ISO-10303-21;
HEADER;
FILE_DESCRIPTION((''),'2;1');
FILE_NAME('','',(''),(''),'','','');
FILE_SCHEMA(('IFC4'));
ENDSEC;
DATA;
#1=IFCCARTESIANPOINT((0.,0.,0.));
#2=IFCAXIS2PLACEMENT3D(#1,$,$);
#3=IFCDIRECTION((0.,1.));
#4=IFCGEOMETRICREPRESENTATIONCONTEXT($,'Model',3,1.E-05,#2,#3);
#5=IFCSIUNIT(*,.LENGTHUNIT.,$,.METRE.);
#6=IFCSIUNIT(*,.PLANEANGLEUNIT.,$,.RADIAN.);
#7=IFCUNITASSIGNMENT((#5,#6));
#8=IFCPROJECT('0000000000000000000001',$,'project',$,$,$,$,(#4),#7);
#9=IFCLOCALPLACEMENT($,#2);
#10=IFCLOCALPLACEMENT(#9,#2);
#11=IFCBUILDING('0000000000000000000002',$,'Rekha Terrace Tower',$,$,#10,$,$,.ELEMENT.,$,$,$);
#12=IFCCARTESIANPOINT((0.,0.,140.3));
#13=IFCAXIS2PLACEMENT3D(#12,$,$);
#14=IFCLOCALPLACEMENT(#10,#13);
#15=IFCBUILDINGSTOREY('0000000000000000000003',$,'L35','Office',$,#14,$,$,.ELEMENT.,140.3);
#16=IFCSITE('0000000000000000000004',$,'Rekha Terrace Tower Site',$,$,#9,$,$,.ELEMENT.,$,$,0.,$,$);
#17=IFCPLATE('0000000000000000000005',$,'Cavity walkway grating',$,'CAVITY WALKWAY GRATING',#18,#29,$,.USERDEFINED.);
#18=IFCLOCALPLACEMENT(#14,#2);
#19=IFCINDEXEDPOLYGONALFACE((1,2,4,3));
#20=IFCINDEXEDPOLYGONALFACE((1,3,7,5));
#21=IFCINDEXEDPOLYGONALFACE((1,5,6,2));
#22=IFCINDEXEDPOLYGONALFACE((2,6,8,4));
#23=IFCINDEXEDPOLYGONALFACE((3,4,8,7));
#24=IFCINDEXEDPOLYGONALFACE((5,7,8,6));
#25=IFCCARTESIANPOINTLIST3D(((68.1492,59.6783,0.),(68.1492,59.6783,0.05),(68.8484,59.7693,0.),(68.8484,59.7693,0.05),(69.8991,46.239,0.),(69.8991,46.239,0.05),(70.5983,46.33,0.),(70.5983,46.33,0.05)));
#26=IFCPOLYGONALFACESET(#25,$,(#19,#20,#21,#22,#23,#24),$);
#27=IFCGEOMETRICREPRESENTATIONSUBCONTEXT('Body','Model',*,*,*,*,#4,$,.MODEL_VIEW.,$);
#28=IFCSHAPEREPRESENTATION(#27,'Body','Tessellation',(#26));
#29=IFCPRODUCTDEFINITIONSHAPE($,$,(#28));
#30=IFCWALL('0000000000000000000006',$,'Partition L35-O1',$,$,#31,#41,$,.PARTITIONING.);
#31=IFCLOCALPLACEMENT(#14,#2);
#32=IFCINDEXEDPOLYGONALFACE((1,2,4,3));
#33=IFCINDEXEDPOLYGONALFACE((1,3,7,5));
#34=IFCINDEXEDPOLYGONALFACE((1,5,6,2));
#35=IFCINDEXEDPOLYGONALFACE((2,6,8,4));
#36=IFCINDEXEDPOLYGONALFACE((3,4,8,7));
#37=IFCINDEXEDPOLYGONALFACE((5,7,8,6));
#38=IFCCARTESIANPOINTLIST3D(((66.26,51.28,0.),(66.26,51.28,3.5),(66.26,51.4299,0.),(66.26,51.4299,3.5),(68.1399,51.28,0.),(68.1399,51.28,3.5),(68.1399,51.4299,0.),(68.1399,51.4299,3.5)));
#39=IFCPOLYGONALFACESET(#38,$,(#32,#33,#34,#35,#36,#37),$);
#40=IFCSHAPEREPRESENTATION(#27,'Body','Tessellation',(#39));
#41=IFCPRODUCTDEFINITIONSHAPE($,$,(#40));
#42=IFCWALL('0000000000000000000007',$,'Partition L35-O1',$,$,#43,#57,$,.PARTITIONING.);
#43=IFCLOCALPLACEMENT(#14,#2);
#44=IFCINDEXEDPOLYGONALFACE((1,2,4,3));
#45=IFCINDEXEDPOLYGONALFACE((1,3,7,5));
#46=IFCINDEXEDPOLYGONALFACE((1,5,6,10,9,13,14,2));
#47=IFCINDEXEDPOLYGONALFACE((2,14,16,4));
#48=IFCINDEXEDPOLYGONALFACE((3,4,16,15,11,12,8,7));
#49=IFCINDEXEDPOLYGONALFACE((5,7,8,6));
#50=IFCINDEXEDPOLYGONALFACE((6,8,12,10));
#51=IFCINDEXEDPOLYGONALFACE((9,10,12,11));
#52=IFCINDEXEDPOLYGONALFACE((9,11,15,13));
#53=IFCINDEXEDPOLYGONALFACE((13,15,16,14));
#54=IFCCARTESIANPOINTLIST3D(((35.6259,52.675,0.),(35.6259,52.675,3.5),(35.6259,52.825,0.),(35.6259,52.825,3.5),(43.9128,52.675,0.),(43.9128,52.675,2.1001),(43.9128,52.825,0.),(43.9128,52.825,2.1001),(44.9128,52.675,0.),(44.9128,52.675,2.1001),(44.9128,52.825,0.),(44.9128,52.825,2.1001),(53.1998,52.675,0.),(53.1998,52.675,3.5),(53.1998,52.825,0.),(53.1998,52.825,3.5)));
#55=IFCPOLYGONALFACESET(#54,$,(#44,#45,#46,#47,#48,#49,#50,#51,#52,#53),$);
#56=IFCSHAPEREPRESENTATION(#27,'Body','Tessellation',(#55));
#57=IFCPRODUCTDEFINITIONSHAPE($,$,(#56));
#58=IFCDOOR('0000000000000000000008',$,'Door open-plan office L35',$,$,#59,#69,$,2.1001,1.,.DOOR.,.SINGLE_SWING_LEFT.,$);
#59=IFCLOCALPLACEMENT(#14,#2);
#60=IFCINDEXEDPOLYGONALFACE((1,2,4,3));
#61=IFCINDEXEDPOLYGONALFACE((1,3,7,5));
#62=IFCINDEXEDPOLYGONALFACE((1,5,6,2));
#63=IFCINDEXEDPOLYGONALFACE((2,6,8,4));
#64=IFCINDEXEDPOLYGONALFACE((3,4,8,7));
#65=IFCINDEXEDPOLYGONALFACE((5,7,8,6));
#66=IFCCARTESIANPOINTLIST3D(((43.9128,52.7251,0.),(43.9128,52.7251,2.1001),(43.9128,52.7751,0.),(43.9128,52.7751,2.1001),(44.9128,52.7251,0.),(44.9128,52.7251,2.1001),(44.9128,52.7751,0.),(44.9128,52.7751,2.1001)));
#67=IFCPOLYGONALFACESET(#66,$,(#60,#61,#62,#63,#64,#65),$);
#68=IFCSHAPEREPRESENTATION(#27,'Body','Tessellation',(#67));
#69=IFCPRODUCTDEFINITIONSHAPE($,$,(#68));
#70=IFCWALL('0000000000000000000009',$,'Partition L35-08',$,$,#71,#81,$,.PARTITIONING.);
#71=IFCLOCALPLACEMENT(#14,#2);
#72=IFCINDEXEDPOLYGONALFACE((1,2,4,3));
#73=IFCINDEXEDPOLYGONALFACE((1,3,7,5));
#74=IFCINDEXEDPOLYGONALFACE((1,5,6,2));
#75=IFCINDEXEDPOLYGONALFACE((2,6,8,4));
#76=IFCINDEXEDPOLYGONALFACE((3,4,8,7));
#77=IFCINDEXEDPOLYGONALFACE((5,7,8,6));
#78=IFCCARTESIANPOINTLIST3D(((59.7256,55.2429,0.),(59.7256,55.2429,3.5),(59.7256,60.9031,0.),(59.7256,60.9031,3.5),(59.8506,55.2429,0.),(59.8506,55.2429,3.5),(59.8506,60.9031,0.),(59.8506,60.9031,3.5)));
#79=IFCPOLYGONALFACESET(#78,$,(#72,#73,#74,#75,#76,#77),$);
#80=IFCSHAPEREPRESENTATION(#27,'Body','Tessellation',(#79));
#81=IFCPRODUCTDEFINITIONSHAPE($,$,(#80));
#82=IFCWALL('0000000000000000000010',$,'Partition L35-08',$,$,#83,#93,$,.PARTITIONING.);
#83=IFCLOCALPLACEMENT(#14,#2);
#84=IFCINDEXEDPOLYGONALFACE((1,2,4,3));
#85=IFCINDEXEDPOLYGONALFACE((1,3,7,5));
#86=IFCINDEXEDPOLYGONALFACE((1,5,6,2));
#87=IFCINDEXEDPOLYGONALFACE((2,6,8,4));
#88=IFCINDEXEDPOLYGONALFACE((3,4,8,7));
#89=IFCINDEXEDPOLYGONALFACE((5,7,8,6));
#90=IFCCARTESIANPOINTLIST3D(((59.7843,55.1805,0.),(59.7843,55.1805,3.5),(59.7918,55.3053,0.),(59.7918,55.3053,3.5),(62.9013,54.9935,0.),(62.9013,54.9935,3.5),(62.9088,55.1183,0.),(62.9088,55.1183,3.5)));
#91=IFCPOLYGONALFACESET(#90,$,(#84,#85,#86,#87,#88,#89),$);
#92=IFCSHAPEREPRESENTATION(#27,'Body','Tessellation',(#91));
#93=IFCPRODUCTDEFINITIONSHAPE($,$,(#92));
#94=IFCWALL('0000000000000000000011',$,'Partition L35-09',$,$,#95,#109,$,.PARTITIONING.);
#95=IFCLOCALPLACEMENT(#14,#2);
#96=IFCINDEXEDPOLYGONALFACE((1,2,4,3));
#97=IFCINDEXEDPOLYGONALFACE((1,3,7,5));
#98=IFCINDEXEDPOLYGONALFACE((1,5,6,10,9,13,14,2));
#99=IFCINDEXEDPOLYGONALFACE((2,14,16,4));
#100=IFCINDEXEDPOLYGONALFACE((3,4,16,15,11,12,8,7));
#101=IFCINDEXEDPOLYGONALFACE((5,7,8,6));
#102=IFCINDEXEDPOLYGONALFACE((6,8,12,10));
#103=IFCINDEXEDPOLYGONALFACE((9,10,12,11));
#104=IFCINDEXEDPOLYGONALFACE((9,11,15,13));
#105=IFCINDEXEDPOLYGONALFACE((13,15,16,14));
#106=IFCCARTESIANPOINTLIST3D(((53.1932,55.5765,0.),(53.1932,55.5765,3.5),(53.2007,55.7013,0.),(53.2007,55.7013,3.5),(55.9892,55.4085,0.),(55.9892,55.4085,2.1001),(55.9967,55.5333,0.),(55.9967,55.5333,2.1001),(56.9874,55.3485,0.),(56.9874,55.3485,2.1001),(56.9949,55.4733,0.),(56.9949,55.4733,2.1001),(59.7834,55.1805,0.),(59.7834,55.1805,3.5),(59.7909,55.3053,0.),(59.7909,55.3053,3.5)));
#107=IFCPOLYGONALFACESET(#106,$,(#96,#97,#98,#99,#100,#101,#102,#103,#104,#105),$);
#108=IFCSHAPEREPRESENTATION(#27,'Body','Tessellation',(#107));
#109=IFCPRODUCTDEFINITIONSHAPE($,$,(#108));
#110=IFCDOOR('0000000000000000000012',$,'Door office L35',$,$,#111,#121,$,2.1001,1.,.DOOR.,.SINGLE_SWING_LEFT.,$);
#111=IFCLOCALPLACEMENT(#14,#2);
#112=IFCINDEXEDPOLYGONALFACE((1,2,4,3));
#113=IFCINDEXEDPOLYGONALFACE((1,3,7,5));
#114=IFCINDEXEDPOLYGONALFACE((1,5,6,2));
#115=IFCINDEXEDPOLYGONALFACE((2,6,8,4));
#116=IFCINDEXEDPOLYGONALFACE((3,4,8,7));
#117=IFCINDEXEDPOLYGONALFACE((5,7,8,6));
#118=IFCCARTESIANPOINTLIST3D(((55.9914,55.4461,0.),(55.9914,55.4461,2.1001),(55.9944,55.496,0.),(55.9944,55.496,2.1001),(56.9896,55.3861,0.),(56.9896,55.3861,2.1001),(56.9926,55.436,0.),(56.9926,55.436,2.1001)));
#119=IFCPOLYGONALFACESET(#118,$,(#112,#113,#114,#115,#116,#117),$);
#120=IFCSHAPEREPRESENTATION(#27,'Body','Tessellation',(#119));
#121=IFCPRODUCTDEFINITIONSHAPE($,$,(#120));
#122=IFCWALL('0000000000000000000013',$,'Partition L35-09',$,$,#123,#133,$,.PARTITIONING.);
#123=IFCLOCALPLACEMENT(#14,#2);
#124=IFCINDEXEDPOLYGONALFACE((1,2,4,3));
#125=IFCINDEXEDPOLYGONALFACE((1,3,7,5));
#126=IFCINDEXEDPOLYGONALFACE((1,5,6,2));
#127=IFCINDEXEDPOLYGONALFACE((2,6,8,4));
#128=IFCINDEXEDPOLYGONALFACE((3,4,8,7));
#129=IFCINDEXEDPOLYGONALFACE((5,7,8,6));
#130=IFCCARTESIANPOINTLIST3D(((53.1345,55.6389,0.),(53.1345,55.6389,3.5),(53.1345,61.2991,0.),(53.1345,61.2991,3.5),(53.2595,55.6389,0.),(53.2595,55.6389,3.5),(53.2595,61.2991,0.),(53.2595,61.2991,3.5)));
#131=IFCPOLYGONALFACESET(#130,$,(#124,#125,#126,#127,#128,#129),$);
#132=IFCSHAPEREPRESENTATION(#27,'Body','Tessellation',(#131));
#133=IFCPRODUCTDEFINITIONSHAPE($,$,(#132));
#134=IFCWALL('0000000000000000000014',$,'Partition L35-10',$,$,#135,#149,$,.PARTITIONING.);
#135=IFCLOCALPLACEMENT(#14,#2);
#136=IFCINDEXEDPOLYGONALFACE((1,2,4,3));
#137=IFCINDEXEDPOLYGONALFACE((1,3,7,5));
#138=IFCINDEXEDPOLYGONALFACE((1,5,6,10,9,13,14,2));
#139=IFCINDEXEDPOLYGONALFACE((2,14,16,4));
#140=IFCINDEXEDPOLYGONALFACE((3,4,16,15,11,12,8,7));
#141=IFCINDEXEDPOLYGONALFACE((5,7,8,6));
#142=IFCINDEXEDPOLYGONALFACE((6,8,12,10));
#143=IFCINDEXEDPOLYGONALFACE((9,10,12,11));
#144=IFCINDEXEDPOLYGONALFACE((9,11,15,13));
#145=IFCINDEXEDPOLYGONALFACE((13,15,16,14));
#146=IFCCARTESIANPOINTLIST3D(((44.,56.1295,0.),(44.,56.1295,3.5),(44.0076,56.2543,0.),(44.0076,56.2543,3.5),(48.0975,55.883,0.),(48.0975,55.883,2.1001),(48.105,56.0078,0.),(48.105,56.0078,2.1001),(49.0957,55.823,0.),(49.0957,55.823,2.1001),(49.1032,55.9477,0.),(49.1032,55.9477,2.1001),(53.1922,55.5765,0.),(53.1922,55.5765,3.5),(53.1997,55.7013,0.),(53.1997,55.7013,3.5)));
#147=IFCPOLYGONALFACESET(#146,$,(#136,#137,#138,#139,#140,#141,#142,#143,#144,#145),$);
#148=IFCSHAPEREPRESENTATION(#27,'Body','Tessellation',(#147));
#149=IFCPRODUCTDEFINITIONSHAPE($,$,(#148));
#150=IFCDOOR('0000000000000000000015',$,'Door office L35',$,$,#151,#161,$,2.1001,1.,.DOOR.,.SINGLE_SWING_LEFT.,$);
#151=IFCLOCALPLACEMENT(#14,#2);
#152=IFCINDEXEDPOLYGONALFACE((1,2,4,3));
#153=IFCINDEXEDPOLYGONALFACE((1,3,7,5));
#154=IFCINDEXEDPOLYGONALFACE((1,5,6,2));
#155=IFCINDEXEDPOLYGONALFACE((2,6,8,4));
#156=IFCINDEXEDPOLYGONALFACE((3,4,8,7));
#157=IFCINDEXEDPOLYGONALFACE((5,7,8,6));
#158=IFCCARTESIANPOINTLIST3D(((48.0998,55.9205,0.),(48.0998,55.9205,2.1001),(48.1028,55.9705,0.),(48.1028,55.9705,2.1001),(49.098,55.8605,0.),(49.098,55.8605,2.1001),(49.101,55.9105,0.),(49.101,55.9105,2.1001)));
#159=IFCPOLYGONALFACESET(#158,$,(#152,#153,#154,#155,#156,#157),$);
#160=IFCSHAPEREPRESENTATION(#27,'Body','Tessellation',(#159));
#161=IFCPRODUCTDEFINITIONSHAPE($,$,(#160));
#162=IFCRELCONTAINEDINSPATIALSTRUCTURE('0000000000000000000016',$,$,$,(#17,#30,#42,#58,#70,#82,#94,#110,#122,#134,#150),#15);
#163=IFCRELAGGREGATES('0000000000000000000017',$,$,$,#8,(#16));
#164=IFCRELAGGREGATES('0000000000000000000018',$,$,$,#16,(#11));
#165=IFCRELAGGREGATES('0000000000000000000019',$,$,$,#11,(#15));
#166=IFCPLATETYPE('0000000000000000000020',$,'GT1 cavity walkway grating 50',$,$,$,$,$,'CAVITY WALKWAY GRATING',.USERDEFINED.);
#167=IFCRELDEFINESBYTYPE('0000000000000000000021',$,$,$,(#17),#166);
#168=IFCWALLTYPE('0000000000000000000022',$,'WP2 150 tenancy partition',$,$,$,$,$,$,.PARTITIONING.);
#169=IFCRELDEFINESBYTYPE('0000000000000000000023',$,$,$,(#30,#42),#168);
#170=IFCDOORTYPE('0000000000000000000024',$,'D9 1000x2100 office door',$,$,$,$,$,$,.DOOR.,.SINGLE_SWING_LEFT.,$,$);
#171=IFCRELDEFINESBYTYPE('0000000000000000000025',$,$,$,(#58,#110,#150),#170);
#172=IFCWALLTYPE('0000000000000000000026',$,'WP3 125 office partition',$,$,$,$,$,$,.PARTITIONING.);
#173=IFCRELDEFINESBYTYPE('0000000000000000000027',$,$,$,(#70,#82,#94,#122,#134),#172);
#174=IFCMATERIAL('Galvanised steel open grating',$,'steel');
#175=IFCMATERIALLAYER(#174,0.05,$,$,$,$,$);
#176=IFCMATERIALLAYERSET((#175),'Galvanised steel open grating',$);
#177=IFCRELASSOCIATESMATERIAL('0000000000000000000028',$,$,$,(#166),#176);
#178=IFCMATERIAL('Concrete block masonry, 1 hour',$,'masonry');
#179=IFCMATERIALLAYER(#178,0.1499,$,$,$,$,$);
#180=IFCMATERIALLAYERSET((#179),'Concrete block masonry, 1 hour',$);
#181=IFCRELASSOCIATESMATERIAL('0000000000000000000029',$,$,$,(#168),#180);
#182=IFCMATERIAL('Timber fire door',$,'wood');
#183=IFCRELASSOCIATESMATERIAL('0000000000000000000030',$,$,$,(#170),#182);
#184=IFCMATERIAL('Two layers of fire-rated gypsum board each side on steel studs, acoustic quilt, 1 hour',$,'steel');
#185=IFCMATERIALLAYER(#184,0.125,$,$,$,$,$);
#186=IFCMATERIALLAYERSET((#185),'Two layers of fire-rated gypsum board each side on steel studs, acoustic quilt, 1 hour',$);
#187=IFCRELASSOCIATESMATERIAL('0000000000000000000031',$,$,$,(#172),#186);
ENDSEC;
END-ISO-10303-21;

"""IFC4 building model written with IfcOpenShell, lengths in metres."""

from ifc_helpers import new_model, si_unit, direction, frame, frame_2d, origin, origin_2d, place, context, subcontext, project, spatial, rectangle, extrude, material, layer, layer_set, type_object, element, fill, save


model = new_model("IFC4")

# Units and contexts
model_context = context("Model", 3, precision=1e-05, world=origin(), true_north=direction((0.0, 1.0)))
body_context = subcontext(model_context, "Body", "Model", "MODEL_VIEW")
ifc_project = project(units=[si_unit("LENGTHUNIT", "METRE"), si_unit("PLANEANGLEUNIT", "RADIAN")], contexts=[model_context])

# Site, building, storey
site_placement = place(None, origin())
site = spatial("IfcSite", under=ifc_project, at=site_placement, Name="Rekha Terrace Tower Site", CompositionType="ELEMENT", RefElevation=0.0)
building_placement = place(site_placement, origin())
building = spatial("IfcBuilding", under=site, at=building_placement, Name="Rekha Terrace Tower", CompositionType="ELEMENT")
storey_placement = place(building_placement, frame((0.0, 0.0, 140.3)))
storey = spatial("IfcBuildingStorey", under=building, at=storey_placement, Name="L35", Description="Office", CompositionType="ELEMENT", Elevation=140.3)

# Plate
ifc_material_1 = material(Name="Galvanised steel open grating", Category="steel")
ifc_layer_1 = layer(ifc_material_1, 0.05)
ifc_layer_set_1 = layer_set([ifc_layer_1], Name="Galvanised steel open grating")
plate_type_1 = type_object("IfcPlateType", Name="GT1 cavity walkway grating 50", ElementType="CAVITY WALKWAY GRATING", PredefinedType="USERDEFINED", material=ifc_layer_set_1)
plate_1_placement = place(storey_placement, frame((69.3738, 53.0042, 0.0), z_axis=(0.0, 0.0, 1.0), x_axis=(-0.129118, 0.991629, 0.0)))
element("IfcPlate", 1, at=plate_1_placement, inside=storey, type_object=plate_type_1, Name="Cavity walkway grating", ObjectType="CAVITY WALKWAY GRATING", PredefinedType="USERDEFINED", context=body_context, shape_type="SweptSolid", body=[
    extrude(rectangle(XDim=13.5527, YDim=0.7051, at=origin_2d()), origin(), (0.0, 0.0, 1.0), 0.05),
])

# Wall
ifc_material_2 = material(Name="Concrete block masonry, 1 hour", Category="masonry")
ifc_layer_2 = layer(ifc_material_2, 0.1499)
ifc_layer_set_2 = layer_set([ifc_layer_2], Name="Concrete block masonry, 1 hour")
wall_type_1 = type_object("IfcWallType", Name="WP2 150 tenancy partition", PredefinedType="PARTITIONING", material=ifc_layer_set_2)
wall_1_placement = place(storey_placement, frame((66.26, 51.355, 0.0), z_axis=(0.0, 0.0, 1.0), x_axis=(1.0, 0.0, 0.0)))
element("IfcWall", 2, at=wall_1_placement, inside=storey, type_object=wall_type_1, Name="Partition L35-O1", PredefinedType="PARTITIONING", context=body_context, shape_type="SweptSolid", body=[
    extrude(rectangle(XDim=1.8799, YDim=0.1499, at=frame_2d((0.9399, 0.0))), origin(), (0.0, 0.0, 1.0), 3.5),
])

# Wall, opening, door
wall_2_placement = place(storey_placement, frame((53.2, 52.75, 0.0), z_axis=(0.0, 0.0, 1.0), x_axis=(-1.0, 0.0, 0.0)))
wall_2 = element("IfcWall", 3, at=wall_2_placement, inside=storey, type_object=wall_type_1, Name="Partition L35-O1", PredefinedType="PARTITIONING", context=body_context, shape_type="SweptSolid", body=[
    extrude(rectangle(XDim=17.574, YDim=0.1499, at=frame_2d((8.7871, 0.0))), origin(), (0.0, 0.0, 1.0), 3.5),
])
opening_1_placement = place(wall_2_placement, frame((8.2871, 0.0, 0.0)))
opening_1 = element("IfcOpeningElement", 4, at=opening_1_placement, cuts=wall_2, PredefinedType="OPENING", context=body_context, shape_type="SweptSolid", body=[
    extrude(rectangle(XDim=1.0, YDim=2.1001, at=frame_2d((0.5, 1.05))), frame((0.0, 0.085, 0.0), z_axis=(0.0, -1.0, 0.0), x_axis=(1.0, 0.0, 0.0)), (0.0, 0.0, 1.0), 0.1699),
])
ifc_material_3 = material(Name="Timber fire door", Category="wood")
door_type = type_object("IfcDoorType", Name="D9 1000x2100 office door", OperationType="SINGLE_SWING_LEFT", PredefinedType="DOOR", material=ifc_material_3)
door_1_placement = place(opening_1_placement, origin())
door_1 = element("IfcDoor", 5, at=door_1_placement, inside=storey, type_object=door_type, Name="Door open-plan office L35", OperationType="SINGLE_SWING_LEFT", OverallHeight=2.1001, OverallWidth=1.0, PredefinedType="DOOR", context=body_context, shape_type="SweptSolid", body=[
    extrude(rectangle(XDim=1.0, YDim=2.1001, at=frame_2d((0.5, 1.05))), frame((0.0, 0.0249, 0.0), z_axis=(0.0, -1.0, 0.0), x_axis=(1.0, 0.0, 0.0)), (0.0, 0.0, 1.0), 0.05),
])
fill(opening_1, door_1)

# Walls
ifc_material_4 = material(Name="Two layers of fire-rated gypsum board each side on steel studs, acoustic quilt, 1 hour", Category="steel")
ifc_layer_3 = layer(ifc_material_4, 0.125)
ifc_layer_set_3 = layer_set([ifc_layer_3], Name="Two layers of fire-rated gypsum board each side on steel studs, acoustic quilt, 1 hour")
wall_type_2 = type_object("IfcWallType", Name="WP3 125 office partition", PredefinedType="PARTITIONING", material=ifc_layer_set_3)
wall_3_placement = place(storey_placement, frame((59.7881, 55.2429, 0.0), z_axis=(0.0, 0.0, 1.0), x_axis=(0.0, 1.0, 0.0)))
element("IfcWall", 6, at=wall_3_placement, inside=storey, type_object=wall_type_2, Name="Partition L35-08", PredefinedType="PARTITIONING", context=body_context, shape_type="SweptSolid", body=[
    extrude(rectangle(XDim=5.6602, YDim=0.125, at=frame_2d((2.8301, 0.0))), origin(), (0.0, 0.0, 1.0), 3.5),
])
wall_4_placement = place(storey_placement, frame((62.905, 55.0559, 0.0), z_axis=(0.0, 0.0, 1.0), x_axis=(-0.998205, 0.059891, 0.0)))
element("IfcWall", 7, at=wall_4_placement, inside=storey, type_object=wall_type_2, Name="Partition L35-08", PredefinedType="PARTITIONING", context=body_context, shape_type="SweptSolid", body=[
    extrude(rectangle(XDim=3.1226, YDim=0.125, at=frame_2d((1.5613, 0.0))), origin(), (0.0, 0.0, 1.0), 3.5),
])

# Wall, opening, door
wall_5_placement = place(storey_placement, frame((59.7871, 55.2429, 0.0), z_axis=(0.0, 0.0, 1.0), x_axis=(-0.998199, 0.059981, 0.0)))
wall_5 = element("IfcWall", 8, at=wall_5_placement, inside=storey, type_object=wall_type_2, Name="Partition L35-09", PredefinedType="PARTITIONING", context=body_context, shape_type="SweptSolid", body=[
    extrude(rectangle(XDim=6.6021, YDim=0.125, at=frame_2d((3.301, 0.0))), origin(), (0.0, 0.0, 1.0), 3.5),
])
opening_2_placement = place(wall_5_placement, frame((2.801, 0.0, 0.0)))
opening_2 = element("IfcOpeningElement", 9, at=opening_2_placement, cuts=wall_5, PredefinedType="OPENING", context=body_context, shape_type="SweptSolid", body=[
    extrude(rectangle(XDim=1.0, YDim=2.1001, at=frame_2d((0.5, 1.05))), frame((0.0, 0.0725, 0.0), z_axis=(0.0, -1.0, 0.0), x_axis=(1.0, 0.0, 0.0)), (0.0, 0.0, 1.0), 0.145),
])
door_2_placement = place(opening_2_placement, origin())
door_2 = element("IfcDoor", 10, at=door_2_placement, inside=storey, type_object=door_type, Name="Door office L35", OperationType="SINGLE_SWING_LEFT", OverallHeight=2.1001, OverallWidth=1.0, PredefinedType="DOOR", context=body_context, shape_type="SweptSolid", body=[
    extrude(rectangle(XDim=1.0, YDim=2.1001, at=frame_2d((0.5, 1.05))), frame((0.0, 0.0249, 0.0), z_axis=(0.0, -1.0, 0.0), x_axis=(1.0, 0.0, 0.0)), (0.0, 0.0, 1.0), 0.05),
])
fill(opening_2, door_2)

# Wall
wall_6_placement = place(storey_placement, frame((53.197, 55.6389, 0.0), z_axis=(0.0, 0.0, 1.0), x_axis=(0.0, 1.0, 0.0)))
element("IfcWall", 11, at=wall_6_placement, inside=storey, type_object=wall_type_2, Name="Partition L35-09", PredefinedType="PARTITIONING", context=body_context, shape_type="SweptSolid", body=[
    extrude(rectangle(XDim=5.6602, YDim=0.125, at=frame_2d((2.8301, 0.0))), origin(), (0.0, 0.0, 1.0), 3.5),
])

# Wall, opening, door
wall_7_placement = place(storey_placement, frame((53.196, 55.6389, 0.0), z_axis=(0.0, 0.0, 1.0), x_axis=(-0.998195, 0.060049, 0.0)))
wall_7 = element("IfcWall", 12, at=wall_7_placement, inside=storey, type_object=wall_type_2, Name="Partition L35-10", PredefinedType="PARTITIONING", context=body_context, shape_type="SweptSolid", body=[
    extrude(rectangle(XDim=9.2087, YDim=0.125, at=frame_2d((4.6045, 0.0))), origin(), (0.0, 0.0, 1.0), 3.5),
])
opening_3_placement = place(wall_7_placement, frame((4.104, 0.0, 0.0)))
opening_3 = element("IfcOpeningElement", 13, at=opening_3_placement, cuts=wall_7, PredefinedType="OPENING", context=body_context, shape_type="SweptSolid", body=[
    extrude(rectangle(XDim=1.0, YDim=2.1001, at=frame_2d((0.5, 1.05))), frame((0.0, 0.0725, 0.0), z_axis=(0.0, -1.0, 0.0), x_axis=(1.0, 0.0, 0.0)), (0.0, 0.0, 1.0), 0.145),
])
door_3_placement = place(opening_3_placement, origin())
door_3 = element("IfcDoor", 14, at=door_3_placement, inside=storey, type_object=door_type, Name="Door office L35", OperationType="SINGLE_SWING_LEFT", OverallHeight=2.1001, OverallWidth=1.0, PredefinedType="DOOR", context=body_context, shape_type="SweptSolid", body=[
    extrude(rectangle(XDim=1.0, YDim=2.1001, at=frame_2d((0.5, 1.05))), frame((0.0, 0.0249, 0.0), z_axis=(0.0, -1.0, 0.0), x_axis=(1.0, 0.0, 0.0)), (0.0, 0.0, 1.0), 0.05),
])
fill(opening_3, door_3)

save(model, "model.ifc")
